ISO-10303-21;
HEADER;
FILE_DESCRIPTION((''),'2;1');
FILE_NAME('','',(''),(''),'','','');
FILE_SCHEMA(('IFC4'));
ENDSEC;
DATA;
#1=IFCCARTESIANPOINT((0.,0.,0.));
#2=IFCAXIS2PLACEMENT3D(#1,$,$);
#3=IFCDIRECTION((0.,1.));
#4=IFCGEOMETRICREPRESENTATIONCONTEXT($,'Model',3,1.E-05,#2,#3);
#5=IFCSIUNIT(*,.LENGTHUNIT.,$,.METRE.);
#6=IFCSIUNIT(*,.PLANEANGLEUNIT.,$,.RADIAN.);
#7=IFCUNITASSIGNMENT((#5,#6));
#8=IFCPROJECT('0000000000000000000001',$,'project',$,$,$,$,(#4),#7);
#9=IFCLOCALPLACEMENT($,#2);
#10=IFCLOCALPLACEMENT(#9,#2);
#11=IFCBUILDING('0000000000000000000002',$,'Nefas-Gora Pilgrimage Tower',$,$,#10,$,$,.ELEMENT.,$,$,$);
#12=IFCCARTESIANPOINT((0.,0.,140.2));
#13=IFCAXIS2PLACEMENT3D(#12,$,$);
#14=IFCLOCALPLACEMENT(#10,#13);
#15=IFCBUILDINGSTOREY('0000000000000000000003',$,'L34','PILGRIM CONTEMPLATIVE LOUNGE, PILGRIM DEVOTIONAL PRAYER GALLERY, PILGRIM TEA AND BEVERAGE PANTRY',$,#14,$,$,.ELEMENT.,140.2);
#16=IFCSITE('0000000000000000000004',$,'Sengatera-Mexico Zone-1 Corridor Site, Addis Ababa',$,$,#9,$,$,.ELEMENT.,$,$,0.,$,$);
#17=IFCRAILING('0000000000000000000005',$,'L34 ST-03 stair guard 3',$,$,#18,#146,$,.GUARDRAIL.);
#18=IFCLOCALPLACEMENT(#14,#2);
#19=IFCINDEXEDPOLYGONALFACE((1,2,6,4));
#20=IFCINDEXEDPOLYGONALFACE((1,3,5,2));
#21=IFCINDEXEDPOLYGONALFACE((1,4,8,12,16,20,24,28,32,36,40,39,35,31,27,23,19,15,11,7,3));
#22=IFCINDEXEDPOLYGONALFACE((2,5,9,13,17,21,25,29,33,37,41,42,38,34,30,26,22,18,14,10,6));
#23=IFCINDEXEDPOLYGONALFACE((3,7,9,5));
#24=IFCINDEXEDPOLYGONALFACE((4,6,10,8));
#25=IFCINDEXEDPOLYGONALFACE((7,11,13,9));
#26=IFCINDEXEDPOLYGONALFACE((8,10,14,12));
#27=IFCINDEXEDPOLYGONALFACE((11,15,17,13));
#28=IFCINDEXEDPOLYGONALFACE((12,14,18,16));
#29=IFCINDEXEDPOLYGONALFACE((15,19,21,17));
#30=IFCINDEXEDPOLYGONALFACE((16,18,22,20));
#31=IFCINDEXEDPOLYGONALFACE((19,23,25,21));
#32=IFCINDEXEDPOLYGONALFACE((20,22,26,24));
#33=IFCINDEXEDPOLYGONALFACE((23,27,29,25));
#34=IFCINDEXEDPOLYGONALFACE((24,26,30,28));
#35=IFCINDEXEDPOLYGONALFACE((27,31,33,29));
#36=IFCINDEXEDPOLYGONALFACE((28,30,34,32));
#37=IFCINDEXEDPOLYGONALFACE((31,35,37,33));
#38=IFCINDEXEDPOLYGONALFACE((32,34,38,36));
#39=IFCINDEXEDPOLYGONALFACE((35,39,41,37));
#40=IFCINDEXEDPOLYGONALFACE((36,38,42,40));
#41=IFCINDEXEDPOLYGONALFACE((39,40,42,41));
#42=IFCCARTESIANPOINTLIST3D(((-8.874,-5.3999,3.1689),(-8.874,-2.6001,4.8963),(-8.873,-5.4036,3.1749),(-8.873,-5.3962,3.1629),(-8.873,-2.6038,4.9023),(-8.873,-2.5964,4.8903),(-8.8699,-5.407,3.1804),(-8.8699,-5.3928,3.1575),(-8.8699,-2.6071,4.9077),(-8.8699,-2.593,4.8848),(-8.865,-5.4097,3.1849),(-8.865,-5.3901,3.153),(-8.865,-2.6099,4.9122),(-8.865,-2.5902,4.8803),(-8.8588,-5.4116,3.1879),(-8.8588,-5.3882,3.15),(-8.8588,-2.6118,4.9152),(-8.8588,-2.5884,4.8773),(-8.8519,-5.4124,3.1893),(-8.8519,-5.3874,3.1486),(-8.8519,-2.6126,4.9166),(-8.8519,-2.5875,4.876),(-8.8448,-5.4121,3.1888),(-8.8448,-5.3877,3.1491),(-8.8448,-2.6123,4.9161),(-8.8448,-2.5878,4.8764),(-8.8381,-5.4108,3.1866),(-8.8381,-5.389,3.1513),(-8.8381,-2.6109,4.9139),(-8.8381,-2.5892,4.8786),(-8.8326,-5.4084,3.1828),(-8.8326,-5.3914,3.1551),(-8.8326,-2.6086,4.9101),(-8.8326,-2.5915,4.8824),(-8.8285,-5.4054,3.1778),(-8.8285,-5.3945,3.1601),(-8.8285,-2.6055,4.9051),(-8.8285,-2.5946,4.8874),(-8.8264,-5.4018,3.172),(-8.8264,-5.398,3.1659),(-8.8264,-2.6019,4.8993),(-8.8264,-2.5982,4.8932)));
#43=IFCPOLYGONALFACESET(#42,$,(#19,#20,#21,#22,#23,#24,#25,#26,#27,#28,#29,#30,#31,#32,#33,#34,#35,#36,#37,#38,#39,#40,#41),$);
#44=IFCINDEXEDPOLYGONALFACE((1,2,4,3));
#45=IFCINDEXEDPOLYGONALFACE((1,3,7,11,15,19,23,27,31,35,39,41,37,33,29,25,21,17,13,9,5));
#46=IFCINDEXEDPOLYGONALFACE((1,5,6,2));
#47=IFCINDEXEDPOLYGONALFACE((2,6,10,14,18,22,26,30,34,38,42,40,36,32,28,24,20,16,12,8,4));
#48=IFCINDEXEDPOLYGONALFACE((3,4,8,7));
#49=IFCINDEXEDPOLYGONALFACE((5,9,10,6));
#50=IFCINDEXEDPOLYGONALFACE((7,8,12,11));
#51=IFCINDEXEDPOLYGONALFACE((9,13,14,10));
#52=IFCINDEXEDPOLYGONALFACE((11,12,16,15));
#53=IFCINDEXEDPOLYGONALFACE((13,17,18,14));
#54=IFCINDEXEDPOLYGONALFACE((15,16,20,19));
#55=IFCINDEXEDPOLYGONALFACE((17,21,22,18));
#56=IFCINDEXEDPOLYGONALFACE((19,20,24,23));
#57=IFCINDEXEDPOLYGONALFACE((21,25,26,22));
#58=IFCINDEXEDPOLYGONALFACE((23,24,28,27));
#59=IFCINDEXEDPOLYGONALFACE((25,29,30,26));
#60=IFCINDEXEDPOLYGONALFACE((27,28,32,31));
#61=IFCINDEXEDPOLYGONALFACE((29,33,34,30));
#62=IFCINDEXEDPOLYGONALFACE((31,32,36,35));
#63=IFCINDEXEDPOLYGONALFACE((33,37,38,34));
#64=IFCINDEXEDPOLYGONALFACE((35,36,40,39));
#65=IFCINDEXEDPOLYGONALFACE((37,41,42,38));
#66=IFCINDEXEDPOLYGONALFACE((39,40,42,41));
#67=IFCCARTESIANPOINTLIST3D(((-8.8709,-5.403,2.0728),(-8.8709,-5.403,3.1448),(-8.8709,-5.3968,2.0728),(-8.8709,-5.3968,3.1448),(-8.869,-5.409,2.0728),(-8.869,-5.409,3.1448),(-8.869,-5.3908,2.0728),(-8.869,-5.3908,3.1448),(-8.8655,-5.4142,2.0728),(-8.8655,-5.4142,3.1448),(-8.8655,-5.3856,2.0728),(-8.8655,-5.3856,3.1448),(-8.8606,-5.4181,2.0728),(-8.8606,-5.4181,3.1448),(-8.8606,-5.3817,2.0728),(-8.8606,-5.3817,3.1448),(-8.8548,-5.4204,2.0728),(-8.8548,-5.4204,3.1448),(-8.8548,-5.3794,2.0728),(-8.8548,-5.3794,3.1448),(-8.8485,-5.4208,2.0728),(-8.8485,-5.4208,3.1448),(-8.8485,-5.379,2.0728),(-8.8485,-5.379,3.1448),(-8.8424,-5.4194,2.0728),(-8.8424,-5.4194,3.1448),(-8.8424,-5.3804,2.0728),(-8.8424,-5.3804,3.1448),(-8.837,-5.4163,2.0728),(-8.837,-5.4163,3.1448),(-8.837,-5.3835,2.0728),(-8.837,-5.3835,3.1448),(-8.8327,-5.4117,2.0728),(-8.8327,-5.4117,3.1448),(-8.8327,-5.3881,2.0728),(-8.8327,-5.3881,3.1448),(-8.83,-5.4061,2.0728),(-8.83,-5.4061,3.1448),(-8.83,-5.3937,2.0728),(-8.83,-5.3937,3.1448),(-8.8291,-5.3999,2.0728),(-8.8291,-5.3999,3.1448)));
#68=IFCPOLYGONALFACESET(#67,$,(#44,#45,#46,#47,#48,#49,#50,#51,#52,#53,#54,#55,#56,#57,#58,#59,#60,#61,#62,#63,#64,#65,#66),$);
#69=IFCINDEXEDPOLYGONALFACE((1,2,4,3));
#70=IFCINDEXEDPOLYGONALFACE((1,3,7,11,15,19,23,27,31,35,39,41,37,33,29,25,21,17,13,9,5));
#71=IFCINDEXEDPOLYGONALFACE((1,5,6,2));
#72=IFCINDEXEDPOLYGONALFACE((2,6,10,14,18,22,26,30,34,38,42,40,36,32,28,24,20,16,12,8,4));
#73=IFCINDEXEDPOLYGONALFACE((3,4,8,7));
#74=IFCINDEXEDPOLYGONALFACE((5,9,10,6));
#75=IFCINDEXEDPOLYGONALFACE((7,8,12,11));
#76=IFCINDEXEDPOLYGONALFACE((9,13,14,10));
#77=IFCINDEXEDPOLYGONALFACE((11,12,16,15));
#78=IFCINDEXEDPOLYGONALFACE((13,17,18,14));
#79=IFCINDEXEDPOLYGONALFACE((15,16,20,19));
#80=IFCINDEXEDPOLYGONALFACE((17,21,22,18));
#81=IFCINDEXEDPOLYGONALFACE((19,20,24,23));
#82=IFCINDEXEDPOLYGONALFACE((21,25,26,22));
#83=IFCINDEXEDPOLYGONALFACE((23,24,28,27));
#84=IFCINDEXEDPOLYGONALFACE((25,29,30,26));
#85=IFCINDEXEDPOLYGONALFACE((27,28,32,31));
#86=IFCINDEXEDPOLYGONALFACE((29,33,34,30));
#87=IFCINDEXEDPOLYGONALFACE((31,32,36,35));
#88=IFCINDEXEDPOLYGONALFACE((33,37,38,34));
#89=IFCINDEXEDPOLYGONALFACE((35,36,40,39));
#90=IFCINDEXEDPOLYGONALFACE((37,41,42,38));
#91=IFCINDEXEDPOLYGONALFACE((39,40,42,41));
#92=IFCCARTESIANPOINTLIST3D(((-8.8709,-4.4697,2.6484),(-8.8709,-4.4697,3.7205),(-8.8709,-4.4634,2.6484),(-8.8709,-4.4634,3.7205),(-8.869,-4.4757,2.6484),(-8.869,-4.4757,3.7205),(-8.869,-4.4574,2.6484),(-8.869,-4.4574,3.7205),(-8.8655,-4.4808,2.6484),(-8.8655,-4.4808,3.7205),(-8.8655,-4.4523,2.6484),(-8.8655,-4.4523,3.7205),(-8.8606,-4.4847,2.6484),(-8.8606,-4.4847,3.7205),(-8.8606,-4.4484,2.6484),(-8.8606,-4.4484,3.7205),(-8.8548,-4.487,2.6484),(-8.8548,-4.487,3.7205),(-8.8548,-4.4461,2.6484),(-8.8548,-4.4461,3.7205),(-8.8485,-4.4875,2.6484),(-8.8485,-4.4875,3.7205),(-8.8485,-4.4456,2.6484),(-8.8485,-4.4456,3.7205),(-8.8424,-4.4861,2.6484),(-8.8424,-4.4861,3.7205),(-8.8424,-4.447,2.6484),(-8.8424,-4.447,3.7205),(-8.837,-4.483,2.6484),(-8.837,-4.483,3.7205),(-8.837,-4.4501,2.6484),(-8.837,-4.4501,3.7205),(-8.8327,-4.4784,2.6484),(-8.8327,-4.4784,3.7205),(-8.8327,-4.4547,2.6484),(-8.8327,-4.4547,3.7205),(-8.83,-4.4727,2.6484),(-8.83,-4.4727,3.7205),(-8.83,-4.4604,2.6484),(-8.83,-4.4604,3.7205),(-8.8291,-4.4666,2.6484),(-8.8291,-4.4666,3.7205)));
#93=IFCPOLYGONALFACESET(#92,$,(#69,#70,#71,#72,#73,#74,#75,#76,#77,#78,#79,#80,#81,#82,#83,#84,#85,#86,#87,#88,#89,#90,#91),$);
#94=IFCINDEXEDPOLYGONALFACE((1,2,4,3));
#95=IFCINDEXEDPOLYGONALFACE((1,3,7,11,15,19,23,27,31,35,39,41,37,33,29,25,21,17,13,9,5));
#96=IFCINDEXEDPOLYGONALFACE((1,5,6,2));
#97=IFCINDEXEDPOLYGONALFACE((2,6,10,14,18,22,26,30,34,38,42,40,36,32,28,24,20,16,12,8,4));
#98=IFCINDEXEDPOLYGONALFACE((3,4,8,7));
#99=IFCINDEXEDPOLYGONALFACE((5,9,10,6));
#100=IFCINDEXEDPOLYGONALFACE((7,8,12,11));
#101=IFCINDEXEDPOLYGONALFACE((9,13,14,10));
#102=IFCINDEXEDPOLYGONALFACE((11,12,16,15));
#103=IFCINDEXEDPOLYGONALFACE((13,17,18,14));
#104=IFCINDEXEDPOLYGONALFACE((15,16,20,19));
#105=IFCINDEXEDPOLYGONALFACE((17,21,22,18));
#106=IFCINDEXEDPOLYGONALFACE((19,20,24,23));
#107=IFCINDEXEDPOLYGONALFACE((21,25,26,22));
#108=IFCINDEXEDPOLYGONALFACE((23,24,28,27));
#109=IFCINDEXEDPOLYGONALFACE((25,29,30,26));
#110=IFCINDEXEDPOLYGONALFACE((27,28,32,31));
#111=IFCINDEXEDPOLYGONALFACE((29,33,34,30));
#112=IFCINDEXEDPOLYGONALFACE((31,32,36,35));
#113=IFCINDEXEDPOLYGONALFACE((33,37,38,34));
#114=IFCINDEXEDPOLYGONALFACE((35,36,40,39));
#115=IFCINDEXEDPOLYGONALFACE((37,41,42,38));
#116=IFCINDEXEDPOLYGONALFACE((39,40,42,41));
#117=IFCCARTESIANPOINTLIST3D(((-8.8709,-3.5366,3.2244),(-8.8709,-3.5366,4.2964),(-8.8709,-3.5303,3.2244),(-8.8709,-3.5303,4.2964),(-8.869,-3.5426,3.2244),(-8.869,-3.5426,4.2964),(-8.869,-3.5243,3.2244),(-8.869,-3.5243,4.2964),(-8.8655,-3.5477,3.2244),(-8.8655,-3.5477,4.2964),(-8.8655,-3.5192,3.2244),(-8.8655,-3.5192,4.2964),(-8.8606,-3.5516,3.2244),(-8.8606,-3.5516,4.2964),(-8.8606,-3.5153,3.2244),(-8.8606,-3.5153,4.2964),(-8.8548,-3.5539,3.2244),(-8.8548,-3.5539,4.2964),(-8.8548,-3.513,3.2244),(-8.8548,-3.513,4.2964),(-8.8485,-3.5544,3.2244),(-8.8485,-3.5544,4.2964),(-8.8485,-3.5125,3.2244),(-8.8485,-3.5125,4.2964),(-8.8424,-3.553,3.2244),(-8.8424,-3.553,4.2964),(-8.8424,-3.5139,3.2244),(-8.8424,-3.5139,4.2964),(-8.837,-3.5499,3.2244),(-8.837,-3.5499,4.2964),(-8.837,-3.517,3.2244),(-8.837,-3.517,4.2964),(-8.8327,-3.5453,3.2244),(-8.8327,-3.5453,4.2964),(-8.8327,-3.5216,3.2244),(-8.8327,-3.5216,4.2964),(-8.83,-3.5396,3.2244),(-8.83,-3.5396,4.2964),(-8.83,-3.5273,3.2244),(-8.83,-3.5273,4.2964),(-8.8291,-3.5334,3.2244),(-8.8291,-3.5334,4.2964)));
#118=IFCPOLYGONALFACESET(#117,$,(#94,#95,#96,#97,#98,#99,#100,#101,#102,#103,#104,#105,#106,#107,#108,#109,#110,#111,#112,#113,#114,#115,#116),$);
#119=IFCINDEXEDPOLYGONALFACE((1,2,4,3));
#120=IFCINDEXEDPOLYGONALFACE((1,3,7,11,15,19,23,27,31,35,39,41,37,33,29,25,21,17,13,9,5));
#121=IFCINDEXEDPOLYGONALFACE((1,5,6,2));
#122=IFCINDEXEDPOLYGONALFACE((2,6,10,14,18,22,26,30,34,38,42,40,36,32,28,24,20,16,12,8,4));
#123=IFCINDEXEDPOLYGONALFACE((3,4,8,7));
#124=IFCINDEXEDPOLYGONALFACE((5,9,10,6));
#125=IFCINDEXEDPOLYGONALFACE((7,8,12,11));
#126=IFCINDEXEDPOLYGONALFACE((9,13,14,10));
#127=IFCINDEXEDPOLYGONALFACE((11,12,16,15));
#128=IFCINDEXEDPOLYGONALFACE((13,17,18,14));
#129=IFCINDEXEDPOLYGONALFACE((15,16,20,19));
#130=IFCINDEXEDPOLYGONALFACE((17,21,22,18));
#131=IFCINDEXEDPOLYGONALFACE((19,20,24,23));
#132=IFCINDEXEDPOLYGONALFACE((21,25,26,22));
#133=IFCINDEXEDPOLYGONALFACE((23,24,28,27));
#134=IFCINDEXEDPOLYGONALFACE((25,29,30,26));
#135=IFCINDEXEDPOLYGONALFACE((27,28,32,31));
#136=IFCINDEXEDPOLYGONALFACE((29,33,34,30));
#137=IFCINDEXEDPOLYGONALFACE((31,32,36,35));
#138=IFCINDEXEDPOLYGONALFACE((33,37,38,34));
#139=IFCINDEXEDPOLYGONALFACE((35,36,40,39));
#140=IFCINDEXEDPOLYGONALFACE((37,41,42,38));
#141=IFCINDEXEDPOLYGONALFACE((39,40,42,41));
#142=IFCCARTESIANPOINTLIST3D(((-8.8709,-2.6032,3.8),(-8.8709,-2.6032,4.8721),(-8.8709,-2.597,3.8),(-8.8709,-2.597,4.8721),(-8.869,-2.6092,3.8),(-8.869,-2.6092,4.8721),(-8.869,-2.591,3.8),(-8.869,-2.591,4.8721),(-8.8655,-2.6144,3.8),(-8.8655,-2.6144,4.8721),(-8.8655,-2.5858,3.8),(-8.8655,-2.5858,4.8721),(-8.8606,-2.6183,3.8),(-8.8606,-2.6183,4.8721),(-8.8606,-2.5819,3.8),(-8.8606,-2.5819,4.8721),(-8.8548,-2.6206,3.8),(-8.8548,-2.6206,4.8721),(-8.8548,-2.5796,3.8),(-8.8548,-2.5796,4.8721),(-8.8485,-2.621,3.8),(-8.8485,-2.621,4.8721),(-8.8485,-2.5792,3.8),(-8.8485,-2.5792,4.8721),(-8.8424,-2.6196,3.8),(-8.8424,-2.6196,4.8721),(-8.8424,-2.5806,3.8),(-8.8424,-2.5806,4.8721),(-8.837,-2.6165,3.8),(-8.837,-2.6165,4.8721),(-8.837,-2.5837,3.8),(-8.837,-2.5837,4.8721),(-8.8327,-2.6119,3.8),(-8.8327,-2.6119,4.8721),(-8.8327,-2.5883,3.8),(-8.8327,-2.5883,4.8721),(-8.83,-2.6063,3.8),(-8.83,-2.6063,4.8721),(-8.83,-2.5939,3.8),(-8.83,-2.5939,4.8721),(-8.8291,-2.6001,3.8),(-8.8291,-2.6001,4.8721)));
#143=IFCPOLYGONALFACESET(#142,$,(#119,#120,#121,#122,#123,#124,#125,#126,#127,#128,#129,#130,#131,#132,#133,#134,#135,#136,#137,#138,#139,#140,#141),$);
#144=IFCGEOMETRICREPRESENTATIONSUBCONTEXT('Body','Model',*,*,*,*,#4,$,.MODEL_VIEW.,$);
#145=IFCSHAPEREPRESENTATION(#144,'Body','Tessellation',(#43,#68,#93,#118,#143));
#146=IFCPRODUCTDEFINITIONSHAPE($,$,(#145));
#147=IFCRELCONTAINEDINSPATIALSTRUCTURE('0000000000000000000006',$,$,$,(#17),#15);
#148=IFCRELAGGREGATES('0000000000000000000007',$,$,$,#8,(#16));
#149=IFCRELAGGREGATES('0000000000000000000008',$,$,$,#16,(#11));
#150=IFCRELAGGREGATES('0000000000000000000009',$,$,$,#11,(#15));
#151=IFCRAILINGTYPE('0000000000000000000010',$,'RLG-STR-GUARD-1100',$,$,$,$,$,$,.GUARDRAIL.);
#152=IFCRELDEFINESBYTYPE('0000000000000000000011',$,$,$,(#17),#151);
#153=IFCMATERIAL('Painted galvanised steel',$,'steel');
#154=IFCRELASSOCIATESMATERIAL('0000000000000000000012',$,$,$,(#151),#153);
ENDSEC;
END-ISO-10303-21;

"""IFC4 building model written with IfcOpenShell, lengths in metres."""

from ifc_helpers import new_model, si_unit, direction, frame, origin, origin_2d, place, context, subcontext, project, spatial, circle, extrude, material, type_object, element, save


model = new_model("IFC4")

# Units and contexts
model_context = context("Model", 3, precision=1e-05, world=origin(), true_north=direction((0.0, 1.0)))
body_context = subcontext(model_context, "Body", "Model", "MODEL_VIEW")
ifc_project = project(units=[si_unit("LENGTHUNIT", "METRE"), si_unit("PLANEANGLEUNIT", "RADIAN")], contexts=[model_context])

# Site, building, storey
site_placement = place(None, origin())
site = spatial("IfcSite", under=ifc_project, at=site_placement, Name="Sengatera-Mexico Zone-1 Corridor Site, Addis Ababa", CompositionType="ELEMENT", RefElevation=0.0)
building_placement = place(site_placement, origin())
building = spatial("IfcBuilding", under=site, at=building_placement, Name="Nefas-Gora Pilgrimage Tower", CompositionType="ELEMENT")
storey_placement = place(building_placement, frame((0.0, 0.0, 140.2)))
storey = spatial("IfcBuildingStorey", under=building, at=storey_placement, Name="L34", Description="PILGRIM CONTEMPLATIVE LOUNGE, PILGRIM DEVOTIONAL PRAYER GALLERY, PILGRIM TEA AND BEVERAGE PANTRY", CompositionType="ELEMENT", Elevation=140.2)

# Railing
ifc_material_1 = material(Name="Painted galvanised steel", Category="steel")
railing_type_1 = type_object("IfcRailingType", Name="RLG-STR-GUARD-1100", PredefinedType="GUARDRAIL", material=ifc_material_1)
railing_1_placement = place(storey_placement, frame((-8.8501, -5.3999, 2.0728)))
element("IfcRailing", 1, at=railing_1_placement, inside=storey, type_object=railing_type_1, Name="L34 ST-03 stair guard 3", PredefinedType="GUARDRAIL", context=body_context, shape_type="SweptSolid", body=[
    extrude(circle(Radius=0.0239, at=origin_2d()), frame((0.0, 0.0, 1.0962), z_axis=(0.0, 0.851069, 0.525054), x_axis=(-1.0, 0.0, 0.0)), (0.0, 0.0, 1.0), 3.2898),
    extrude(circle(Radius=0.021, at=origin_2d()), origin(), (0.0, 0.0, 1.0), 1.072),
    extrude(circle(Radius=0.021, at=origin_2d()), frame((0.0, 0.9333, 0.5757)), (0.0, 0.0, 1.0), 1.072),
    extrude(circle(Radius=0.021, at=origin_2d()), frame((0.0, 1.8665, 1.1516)), (0.0, 0.0, 1.0), 1.072),
    extrude(circle(Radius=0.021, at=origin_2d()), frame((0.0, 2.7998, 1.7273)), (0.0, 0.0, 1.0), 1.072),
])

save(model, "model.ifc")
